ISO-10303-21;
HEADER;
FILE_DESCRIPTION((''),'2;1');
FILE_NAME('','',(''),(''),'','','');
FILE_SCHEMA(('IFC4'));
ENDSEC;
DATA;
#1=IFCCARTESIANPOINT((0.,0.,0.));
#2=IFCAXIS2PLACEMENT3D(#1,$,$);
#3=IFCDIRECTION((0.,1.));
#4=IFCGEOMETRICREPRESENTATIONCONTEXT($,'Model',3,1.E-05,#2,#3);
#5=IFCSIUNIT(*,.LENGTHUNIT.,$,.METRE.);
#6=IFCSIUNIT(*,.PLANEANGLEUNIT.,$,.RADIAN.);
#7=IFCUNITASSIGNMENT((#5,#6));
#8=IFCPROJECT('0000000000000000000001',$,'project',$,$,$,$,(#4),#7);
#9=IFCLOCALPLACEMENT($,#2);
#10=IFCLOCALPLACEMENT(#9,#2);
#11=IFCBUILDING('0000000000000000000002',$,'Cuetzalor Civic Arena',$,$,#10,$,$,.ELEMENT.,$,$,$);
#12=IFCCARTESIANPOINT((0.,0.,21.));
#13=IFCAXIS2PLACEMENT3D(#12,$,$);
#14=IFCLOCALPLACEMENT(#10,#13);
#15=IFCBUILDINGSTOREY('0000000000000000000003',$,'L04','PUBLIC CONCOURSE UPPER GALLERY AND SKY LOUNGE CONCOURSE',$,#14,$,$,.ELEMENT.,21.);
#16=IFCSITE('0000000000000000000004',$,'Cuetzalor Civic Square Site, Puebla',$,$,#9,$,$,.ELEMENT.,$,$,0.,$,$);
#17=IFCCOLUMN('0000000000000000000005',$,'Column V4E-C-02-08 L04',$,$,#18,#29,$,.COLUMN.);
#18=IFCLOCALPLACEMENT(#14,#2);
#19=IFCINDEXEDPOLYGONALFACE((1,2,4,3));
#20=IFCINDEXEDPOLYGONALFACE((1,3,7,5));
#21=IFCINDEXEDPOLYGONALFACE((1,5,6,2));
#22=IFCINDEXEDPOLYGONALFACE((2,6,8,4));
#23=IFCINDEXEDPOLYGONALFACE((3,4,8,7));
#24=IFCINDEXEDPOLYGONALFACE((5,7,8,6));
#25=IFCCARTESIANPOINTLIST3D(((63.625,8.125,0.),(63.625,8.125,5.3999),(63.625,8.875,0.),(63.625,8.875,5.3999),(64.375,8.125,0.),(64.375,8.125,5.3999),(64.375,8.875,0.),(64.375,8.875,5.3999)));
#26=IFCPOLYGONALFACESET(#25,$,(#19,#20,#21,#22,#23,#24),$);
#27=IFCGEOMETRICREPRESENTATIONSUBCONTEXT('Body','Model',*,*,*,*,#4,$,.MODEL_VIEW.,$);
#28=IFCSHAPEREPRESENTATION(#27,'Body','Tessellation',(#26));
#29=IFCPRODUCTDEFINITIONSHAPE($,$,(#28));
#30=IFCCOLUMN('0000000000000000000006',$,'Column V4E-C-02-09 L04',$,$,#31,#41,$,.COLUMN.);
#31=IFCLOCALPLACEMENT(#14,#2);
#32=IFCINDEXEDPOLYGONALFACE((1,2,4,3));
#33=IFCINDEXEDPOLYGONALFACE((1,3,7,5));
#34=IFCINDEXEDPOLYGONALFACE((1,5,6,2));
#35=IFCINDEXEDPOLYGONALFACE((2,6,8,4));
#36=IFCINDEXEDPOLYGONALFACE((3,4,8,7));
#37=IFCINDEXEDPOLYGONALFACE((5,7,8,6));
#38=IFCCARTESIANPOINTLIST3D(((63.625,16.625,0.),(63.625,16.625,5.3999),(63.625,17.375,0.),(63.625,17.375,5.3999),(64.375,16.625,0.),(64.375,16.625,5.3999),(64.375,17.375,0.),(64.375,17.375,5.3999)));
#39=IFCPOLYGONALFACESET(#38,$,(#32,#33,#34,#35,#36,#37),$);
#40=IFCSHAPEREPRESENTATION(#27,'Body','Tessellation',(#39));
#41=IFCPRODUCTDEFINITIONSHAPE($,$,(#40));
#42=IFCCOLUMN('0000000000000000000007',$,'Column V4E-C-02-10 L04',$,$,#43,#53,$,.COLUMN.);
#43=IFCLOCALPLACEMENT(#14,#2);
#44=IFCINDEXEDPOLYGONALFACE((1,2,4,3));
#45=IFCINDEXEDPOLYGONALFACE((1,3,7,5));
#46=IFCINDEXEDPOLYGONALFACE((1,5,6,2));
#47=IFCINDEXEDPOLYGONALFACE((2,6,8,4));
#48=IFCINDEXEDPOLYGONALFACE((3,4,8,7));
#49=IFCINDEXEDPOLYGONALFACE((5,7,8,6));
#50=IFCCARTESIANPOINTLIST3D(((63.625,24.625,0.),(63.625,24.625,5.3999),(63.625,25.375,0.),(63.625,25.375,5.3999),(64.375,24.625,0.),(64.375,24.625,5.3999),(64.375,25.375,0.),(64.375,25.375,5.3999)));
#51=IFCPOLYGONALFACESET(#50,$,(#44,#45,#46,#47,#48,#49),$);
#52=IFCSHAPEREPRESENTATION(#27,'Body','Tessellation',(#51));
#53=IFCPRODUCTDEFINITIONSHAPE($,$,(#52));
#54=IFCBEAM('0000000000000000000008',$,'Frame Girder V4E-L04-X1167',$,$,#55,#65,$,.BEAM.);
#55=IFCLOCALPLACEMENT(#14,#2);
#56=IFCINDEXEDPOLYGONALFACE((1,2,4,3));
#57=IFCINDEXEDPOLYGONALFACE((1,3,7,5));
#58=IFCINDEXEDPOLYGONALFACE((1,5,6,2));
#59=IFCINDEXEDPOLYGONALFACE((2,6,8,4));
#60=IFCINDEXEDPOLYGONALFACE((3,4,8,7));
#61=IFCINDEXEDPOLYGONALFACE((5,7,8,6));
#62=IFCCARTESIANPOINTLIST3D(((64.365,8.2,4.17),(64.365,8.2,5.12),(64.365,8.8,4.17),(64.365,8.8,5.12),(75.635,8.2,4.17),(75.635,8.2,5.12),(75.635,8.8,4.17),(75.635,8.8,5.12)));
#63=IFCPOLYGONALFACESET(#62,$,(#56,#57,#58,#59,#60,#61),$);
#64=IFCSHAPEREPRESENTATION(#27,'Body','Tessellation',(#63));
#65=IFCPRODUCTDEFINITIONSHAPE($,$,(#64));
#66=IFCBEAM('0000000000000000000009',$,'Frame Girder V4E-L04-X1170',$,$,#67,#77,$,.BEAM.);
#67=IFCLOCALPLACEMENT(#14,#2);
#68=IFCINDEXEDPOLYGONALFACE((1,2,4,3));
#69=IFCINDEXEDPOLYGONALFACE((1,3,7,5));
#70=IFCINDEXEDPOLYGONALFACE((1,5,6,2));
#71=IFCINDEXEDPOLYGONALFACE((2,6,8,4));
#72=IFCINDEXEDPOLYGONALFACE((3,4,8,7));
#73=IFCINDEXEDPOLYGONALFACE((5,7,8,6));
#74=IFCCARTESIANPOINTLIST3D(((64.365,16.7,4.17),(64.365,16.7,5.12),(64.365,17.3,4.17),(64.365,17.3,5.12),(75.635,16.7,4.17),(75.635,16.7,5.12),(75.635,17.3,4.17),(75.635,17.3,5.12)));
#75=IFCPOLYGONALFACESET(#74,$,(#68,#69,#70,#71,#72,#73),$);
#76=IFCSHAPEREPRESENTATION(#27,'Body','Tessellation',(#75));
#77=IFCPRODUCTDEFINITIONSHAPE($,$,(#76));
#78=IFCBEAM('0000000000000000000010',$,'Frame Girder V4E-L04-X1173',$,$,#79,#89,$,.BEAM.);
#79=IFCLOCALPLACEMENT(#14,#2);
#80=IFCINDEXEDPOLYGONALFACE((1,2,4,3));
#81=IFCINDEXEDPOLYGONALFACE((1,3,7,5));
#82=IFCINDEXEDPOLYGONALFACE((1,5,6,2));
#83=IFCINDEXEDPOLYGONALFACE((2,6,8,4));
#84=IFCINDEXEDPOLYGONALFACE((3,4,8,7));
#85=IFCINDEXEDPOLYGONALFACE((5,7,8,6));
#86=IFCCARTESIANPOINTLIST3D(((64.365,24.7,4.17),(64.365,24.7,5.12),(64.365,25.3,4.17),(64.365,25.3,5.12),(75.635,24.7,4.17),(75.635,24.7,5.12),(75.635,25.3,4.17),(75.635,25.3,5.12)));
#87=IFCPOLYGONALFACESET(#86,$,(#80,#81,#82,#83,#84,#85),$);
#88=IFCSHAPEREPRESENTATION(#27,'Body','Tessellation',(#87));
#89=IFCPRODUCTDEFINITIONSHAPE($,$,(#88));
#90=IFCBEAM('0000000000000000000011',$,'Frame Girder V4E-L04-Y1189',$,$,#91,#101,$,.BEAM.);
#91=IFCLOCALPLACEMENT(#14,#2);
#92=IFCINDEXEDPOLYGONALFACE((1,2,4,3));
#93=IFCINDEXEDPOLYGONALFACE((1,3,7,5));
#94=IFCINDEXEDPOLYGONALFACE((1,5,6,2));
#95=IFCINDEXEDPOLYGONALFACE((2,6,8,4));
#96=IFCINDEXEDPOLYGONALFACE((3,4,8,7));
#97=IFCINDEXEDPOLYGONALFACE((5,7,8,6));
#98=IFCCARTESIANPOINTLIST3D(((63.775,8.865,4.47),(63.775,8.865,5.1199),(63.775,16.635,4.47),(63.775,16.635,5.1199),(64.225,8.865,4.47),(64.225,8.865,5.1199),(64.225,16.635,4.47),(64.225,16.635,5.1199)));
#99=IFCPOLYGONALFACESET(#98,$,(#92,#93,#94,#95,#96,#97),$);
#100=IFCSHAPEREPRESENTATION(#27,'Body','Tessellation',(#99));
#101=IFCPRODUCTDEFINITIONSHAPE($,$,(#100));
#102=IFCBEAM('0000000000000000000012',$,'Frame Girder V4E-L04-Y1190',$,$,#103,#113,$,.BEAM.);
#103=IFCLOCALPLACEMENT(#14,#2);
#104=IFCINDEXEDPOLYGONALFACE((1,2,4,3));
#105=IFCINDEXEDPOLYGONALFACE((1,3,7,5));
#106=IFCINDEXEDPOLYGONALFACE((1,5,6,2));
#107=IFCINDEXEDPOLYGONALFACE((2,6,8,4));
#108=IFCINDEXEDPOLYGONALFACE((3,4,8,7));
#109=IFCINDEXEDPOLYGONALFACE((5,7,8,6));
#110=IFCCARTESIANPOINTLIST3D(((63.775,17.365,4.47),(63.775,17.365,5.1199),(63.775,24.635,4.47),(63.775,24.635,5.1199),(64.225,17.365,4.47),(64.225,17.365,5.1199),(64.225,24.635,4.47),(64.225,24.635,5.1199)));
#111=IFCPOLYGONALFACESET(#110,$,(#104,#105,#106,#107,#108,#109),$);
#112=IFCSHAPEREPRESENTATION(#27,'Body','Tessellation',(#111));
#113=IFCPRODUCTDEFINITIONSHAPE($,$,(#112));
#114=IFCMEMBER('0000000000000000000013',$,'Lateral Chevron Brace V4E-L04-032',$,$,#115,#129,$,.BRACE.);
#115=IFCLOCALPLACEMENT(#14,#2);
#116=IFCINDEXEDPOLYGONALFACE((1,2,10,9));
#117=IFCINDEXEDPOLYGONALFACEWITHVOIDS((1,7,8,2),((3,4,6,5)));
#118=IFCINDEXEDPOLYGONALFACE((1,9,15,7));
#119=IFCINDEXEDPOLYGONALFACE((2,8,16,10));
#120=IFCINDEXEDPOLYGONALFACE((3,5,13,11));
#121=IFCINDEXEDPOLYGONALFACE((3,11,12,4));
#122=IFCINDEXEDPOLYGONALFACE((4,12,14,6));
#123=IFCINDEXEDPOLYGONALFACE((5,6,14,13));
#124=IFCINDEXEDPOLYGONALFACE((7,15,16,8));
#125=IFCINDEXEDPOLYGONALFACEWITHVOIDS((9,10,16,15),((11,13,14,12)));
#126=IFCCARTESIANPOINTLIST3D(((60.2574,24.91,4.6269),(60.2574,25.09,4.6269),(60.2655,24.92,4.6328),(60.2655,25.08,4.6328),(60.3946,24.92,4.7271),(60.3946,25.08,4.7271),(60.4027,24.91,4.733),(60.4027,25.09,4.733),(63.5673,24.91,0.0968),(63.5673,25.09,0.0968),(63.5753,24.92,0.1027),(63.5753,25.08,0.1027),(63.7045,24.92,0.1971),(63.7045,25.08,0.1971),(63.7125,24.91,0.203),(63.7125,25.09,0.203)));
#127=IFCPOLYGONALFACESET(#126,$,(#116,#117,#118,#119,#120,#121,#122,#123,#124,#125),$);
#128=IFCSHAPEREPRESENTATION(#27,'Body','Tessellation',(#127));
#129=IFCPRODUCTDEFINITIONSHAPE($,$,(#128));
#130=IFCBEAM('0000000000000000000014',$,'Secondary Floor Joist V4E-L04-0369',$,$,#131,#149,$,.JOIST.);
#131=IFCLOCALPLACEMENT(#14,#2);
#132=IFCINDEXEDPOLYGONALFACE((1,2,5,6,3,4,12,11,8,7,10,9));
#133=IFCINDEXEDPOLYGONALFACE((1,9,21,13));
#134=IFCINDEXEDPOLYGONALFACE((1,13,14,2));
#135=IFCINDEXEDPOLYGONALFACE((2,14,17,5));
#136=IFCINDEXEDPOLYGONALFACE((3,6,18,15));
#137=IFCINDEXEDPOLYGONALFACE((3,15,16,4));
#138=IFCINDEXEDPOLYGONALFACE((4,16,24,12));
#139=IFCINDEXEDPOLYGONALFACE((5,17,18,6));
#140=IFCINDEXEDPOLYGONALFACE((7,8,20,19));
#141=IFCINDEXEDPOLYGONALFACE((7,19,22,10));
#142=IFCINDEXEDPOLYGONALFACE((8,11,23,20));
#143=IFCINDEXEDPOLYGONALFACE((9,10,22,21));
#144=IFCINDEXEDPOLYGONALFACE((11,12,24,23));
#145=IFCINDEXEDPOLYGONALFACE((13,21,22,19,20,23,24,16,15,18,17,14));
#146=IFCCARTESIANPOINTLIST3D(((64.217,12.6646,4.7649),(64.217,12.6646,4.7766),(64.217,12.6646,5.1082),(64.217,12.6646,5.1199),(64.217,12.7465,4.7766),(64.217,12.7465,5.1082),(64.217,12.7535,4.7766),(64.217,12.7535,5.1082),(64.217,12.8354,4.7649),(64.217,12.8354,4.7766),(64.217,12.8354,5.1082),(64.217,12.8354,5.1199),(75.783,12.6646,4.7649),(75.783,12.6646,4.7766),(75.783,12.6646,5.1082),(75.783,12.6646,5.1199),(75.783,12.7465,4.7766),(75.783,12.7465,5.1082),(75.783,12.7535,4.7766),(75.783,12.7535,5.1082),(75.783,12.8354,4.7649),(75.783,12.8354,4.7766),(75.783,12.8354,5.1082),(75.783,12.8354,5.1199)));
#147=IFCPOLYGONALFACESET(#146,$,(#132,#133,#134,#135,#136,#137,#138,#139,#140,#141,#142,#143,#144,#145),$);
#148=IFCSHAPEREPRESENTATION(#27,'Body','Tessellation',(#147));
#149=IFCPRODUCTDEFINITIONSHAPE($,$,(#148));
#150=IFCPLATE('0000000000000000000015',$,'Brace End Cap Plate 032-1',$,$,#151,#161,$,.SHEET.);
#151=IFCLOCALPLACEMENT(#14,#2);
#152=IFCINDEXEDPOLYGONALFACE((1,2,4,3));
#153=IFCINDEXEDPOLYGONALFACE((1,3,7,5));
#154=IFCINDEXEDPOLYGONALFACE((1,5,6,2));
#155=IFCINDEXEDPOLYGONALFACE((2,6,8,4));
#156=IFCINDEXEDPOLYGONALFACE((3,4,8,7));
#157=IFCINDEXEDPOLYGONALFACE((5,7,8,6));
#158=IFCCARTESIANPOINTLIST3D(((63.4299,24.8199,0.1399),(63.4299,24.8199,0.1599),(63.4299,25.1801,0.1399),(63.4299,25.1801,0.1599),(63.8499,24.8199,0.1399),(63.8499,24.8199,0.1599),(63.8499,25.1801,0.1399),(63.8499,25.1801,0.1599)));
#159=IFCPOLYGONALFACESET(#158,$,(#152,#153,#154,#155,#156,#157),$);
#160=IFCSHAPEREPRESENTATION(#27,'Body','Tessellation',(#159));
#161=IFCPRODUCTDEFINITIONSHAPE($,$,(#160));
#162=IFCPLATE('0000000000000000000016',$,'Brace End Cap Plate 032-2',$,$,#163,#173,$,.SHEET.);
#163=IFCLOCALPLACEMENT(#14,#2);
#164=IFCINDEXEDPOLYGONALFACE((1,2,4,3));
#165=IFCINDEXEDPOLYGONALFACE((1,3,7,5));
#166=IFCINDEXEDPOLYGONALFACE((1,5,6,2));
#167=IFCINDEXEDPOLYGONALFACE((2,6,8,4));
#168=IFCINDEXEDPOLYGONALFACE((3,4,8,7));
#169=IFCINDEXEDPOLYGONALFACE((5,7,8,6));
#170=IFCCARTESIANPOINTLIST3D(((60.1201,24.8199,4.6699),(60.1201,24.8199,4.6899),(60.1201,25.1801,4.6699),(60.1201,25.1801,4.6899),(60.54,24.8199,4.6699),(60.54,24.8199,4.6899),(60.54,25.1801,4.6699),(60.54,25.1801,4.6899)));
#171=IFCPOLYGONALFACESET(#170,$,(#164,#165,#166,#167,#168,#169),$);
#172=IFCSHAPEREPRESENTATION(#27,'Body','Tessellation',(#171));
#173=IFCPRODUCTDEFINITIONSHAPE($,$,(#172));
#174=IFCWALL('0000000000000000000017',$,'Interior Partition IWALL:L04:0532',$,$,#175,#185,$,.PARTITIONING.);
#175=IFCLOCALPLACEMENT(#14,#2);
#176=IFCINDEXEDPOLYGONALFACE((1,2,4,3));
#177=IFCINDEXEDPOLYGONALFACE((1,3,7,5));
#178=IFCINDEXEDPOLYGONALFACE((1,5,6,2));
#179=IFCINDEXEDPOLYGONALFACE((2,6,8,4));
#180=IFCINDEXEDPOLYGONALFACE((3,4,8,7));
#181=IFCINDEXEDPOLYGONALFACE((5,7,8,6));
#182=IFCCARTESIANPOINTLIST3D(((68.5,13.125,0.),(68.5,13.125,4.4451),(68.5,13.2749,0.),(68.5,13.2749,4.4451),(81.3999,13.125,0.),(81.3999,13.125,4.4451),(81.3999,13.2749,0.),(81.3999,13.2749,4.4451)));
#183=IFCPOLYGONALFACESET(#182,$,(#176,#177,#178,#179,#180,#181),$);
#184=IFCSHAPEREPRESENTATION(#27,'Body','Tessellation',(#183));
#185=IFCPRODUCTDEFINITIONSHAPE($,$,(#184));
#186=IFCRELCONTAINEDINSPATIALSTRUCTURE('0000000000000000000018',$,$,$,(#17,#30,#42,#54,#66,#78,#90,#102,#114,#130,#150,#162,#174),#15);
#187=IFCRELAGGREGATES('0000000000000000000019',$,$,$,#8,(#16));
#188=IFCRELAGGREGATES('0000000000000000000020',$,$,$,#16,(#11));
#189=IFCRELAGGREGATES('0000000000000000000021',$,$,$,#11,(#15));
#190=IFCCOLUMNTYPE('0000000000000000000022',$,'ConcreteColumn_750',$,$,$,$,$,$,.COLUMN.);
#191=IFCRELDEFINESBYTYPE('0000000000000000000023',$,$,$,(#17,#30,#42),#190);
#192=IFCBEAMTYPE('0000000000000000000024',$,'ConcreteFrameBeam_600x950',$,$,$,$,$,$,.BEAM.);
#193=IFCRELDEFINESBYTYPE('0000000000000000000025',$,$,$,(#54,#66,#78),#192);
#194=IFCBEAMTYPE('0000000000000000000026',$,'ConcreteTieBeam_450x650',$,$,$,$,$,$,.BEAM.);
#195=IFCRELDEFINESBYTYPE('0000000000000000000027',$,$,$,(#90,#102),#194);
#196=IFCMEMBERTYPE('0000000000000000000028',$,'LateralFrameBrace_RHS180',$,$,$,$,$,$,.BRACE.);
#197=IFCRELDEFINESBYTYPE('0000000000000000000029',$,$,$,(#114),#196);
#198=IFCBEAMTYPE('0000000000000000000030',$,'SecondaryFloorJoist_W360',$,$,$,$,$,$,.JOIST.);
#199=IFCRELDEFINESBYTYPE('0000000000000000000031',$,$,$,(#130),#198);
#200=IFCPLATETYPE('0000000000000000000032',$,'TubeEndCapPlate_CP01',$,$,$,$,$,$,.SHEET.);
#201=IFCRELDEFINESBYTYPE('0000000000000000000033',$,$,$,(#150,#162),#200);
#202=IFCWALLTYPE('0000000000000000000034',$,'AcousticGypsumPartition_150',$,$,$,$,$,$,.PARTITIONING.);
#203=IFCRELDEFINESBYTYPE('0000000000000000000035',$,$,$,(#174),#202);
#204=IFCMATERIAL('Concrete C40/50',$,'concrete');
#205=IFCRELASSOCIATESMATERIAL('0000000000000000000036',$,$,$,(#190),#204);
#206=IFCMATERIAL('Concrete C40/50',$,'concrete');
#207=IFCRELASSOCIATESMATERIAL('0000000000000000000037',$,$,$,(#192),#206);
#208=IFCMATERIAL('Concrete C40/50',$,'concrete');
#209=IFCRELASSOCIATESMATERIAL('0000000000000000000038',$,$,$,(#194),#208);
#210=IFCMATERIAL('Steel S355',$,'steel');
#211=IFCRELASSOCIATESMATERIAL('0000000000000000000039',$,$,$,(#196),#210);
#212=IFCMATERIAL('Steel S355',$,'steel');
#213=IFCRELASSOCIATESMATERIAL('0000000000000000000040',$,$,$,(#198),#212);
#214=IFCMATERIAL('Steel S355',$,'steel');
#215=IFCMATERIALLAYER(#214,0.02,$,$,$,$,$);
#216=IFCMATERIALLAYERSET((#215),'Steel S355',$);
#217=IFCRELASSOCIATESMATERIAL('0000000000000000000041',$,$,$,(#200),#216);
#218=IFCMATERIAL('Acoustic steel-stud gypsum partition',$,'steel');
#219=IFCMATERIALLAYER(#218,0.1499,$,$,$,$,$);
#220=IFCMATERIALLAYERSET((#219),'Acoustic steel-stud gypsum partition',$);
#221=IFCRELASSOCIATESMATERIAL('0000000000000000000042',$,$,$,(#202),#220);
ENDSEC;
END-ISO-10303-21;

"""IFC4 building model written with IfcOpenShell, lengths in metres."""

from ifc_helpers import new_model, si_unit, direction, frame, frame_2d, origin, origin_2d, place, context, subcontext, project, spatial, rectangle, hollow_rectangle, i_section, extrude, material, layer, layer_set, material_profile, profile_set, type_object, element, save


model = new_model("IFC4")

# Units and contexts
model_context = context("Model", 3, precision=1e-05, world=origin(), true_north=direction((0.0, 1.0)))
body_context = subcontext(model_context, "Body", "Model", "MODEL_VIEW")
ifc_project = project(units=[si_unit("LENGTHUNIT", "METRE"), si_unit("PLANEANGLEUNIT", "RADIAN")], contexts=[model_context])

# Site, building, storey
site_placement = place(None, origin())
site = spatial("IfcSite", under=ifc_project, at=site_placement, Name="Cuetzalor Civic Square Site, Puebla", CompositionType="ELEMENT", RefElevation=0.0)
building_placement = place(site_placement, origin())
building = spatial("IfcBuilding", under=site, at=building_placement, Name="Cuetzalor Civic Arena", CompositionType="ELEMENT")
storey_placement = place(building_placement, frame((0.0, 0.0, 21.0)))
storey = spatial("IfcBuildingStorey", under=building, at=storey_placement, Name="L04", Description="PUBLIC CONCOURSE UPPER GALLERY AND SKY LOUNGE CONCOURSE", CompositionType="ELEMENT", Elevation=21.0)

# Columns
ifc_material_1 = material(Name="Concrete C40/50", Category="concrete")
ifc_material_profile_1 = material_profile(ifc_material_1, rectangle(XDim=0.75, YDim=0.75, at=origin_2d()), Name="RC 750x750")
ifc_profile_set_1 = profile_set([ifc_material_profile_1], Name="Concrete C40/50")
column_type = type_object("IfcColumnType", Name="ConcreteColumn_750", PredefinedType="COLUMN", material=ifc_profile_set_1)
for number, where, z_axis, x_axis, name in (
    (1, (64.0, 8.5, 0.0), (0.0, 0.0, 1.0), (1.0, 0.0, 0.0), "Column V4E-C-02-08 L04"),
    (2, (64.0, 17.0, 0.0), (0.0, 0.0, 1.0), (1.0, 0.0, 0.0), "Column V4E-C-02-09 L04"),
    (3, (64.0, 25.0, 0.0), (0.0, 0.0, 1.0), (1.0, 0.0, 0.0), "Column V4E-C-02-10 L04"),
):
    element("IfcColumn", number, at=place(storey_placement, frame(where, z_axis=z_axis, x_axis=x_axis)), inside=storey, type_object=column_type, Name=name, PredefinedType="COLUMN", context=body_context, shape_type="SweptSolid", body=[
        extrude(rectangle(XDim=0.75, YDim=0.75, at=origin_2d()), origin(), (0.0, 0.0, 1.0), 5.3999),
    ])

# Beams
ifc_material_2 = material(Name="Concrete C40/50", Category="concrete")
ifc_material_profile_2 = material_profile(ifc_material_2, rectangle(XDim=0.6001, YDim=0.95, at=origin_2d()), Name="RC 600x950")
ifc_profile_set_2 = profile_set([ifc_material_profile_2], Name="Concrete C40/50")
beam_type_1 = type_object("IfcBeamType", Name="ConcreteFrameBeam_600x950", PredefinedType="BEAM", material=ifc_profile_set_2)
for number, where, z_axis, x_axis, name in (
    (4, (64.365, 8.5, 4.645), (1.0, 0.0, 0.0), (0.0, 1.0, 0.0), "Frame Girder V4E-L04-X1167"),
    (5, (64.365, 17.0, 4.645), (1.0, 0.0, 0.0), (0.0, 1.0, 0.0), "Frame Girder V4E-L04-X1170"),
    (6, (64.365, 25.0, 4.645), (1.0, 0.0, 0.0), (0.0, 1.0, 0.0), "Frame Girder V4E-L04-X1173"),
):
    element("IfcBeam", number, at=place(storey_placement, frame(where, z_axis=z_axis, x_axis=x_axis)), inside=storey, type_object=beam_type_1, Name=name, PredefinedType="BEAM", context=body_context, shape_type="SweptSolid", body=[
        extrude(rectangle(XDim=0.6001, YDim=0.95, at=origin_2d()), origin(), (0.0, 0.0, 1.0), 11.27),
    ])
ifc_material_3 = material(Name="Concrete C40/50", Category="concrete")
ifc_material_profile_3 = material_profile(ifc_material_3, rectangle(XDim=0.45, YDim=0.6499, at=origin_2d()), Name="RC 450x650")
ifc_profile_set_3 = profile_set([ifc_material_profile_3], Name="Concrete C40/50")
beam_type_2 = type_object("IfcBeamType", Name="ConcreteTieBeam_450x650", PredefinedType="BEAM", material=ifc_profile_set_3)
beam_1_placement = place(storey_placement, frame((64.0, 8.865, 4.7949), z_axis=(0.0, 1.0, 0.0), x_axis=(-1.0, 0.0, 0.0)))
element("IfcBeam", 7, at=beam_1_placement, inside=storey, type_object=beam_type_2, Name="Frame Girder V4E-L04-Y1189", PredefinedType="BEAM", context=body_context, shape_type="SweptSolid", body=[
    extrude(rectangle(XDim=0.45, YDim=0.6499, at=origin_2d()), origin(), (0.0, 0.0, 1.0), 7.77),
])
beam_2_placement = place(storey_placement, frame((64.0, 17.365, 4.7949), z_axis=(0.0, 1.0, 0.0), x_axis=(-1.0, 0.0, 0.0)))
element("IfcBeam", 8, at=beam_2_placement, inside=storey, type_object=beam_type_2, Name="Frame Girder V4E-L04-Y1190", PredefinedType="BEAM", context=body_context, shape_type="SweptSolid", body=[
    extrude(rectangle(XDim=0.45, YDim=0.6499, at=origin_2d()), origin(), (0.0, 0.0, 1.0), 7.27),
])

# Member
ifc_material_4 = material(Name="Steel S355", Category="steel")
ifc_material_profile_4 = material_profile(ifc_material_4, hollow_rectangle(XDim=0.1799, YDim=0.1799, WallThickness=0.01, at=origin_2d()), Name="RHS 180x180x10")
ifc_profile_set_4 = profile_set([ifc_material_profile_4], Name="Steel S355")
member_type = type_object("IfcMemberType", Name="LateralFrameBrace_RHS180", PredefinedType="BRACE", material=ifc_profile_set_4)
member_placement = place(storey_placement, frame((63.6399, 25.0, 0.1499), z_axis=(-0.589948, 0.0, 0.807441), x_axis=(0.0, -1.0, 0.0)))
element("IfcMember", 9, at=member_placement, inside=storey, type_object=member_type, Name="Lateral Chevron Brace V4E-L04-032", PredefinedType="BRACE", context=body_context, shape_type="SweptSolid", body=[
    extrude(hollow_rectangle(XDim=0.1799, YDim=0.1799, WallThickness=0.01, at=origin_2d()), origin(), (0.0, 0.0, 1.0), 5.6104),
])

# Beam
ifc_material_5 = material(Name="Steel S355", Category="steel")
ifc_material_profile_5 = material_profile(ifc_material_5, i_section(OverallWidth=0.1709, OverallDepth=0.355, WebThickness=0.0071, FlangeThickness=0.0117, at=origin_2d()), Name="W360x51")
ifc_profile_set_5 = profile_set([ifc_material_profile_5], Name="Steel S355")
beam_type_3 = type_object("IfcBeamType", Name="SecondaryFloorJoist_W360", PredefinedType="JOIST", material=ifc_profile_set_5)
beam_3_placement = place(storey_placement, frame((64.217, 12.75, 4.9424), z_axis=(1.0, 0.0, 0.0), x_axis=(0.0, 1.0, 0.0)))
element("IfcBeam", 10, at=beam_3_placement, inside=storey, type_object=beam_type_3, Name="Secondary Floor Joist V4E-L04-0369", PredefinedType="JOIST", context=body_context, shape_type="SweptSolid", body=[
    extrude(i_section(OverallWidth=0.1709, OverallDepth=0.355, WebThickness=0.0071, FlangeThickness=0.0117, at=origin_2d()), origin(), (0.0, 0.0, 1.0), 11.5659),
])

# Plates
ifc_material_6 = material(Name="Steel S355", Category="steel")
ifc_layer_1 = layer(ifc_material_6, 0.02)
ifc_layer_set_1 = layer_set([ifc_layer_1], Name="Steel S355")
plate_type = type_object("IfcPlateType", Name="TubeEndCapPlate_CP01", PredefinedType="SHEET", material=ifc_layer_set_1)
for number, where, z_axis, x_axis, name in (
    (11, (63.6399, 25.0, 0.1399), (0.0, 0.0, 1.0), (1.0, 0.0, 0.0), "Brace End Cap Plate 032-1"),
    (12, (60.3301, 25.0, 4.6699), (0.0, 0.0, 1.0), (1.0, 0.0, 0.0), "Brace End Cap Plate 032-2"),
):
    element("IfcPlate", number, at=place(storey_placement, frame(where, z_axis=z_axis, x_axis=x_axis)), inside=storey, type_object=plate_type, Name=name, PredefinedType="SHEET", context=body_context, shape_type="SweptSolid", body=[
        extrude(rectangle(XDim=0.4199, YDim=0.3601, at=origin_2d()), origin(), (0.0, 0.0, 1.0), 0.02),
    ])

# Wall
ifc_material_7 = material(Name="Acoustic steel-stud gypsum partition", Category="steel")
ifc_layer_2 = layer(ifc_material_7, 0.1499)
ifc_layer_set_2 = layer_set([ifc_layer_2], Name="Acoustic steel-stud gypsum partition")
wall_type_1 = type_object("IfcWallType", Name="AcousticGypsumPartition_150", PredefinedType="PARTITIONING", material=ifc_layer_set_2)
wall_1_placement = place(storey_placement, frame((68.5, 13.2, 0.0), z_axis=(0.0, 0.0, 1.0), x_axis=(1.0, 0.0, 0.0)))
element("IfcWall", 13, at=wall_1_placement, inside=storey, type_object=wall_type_1, Name="Interior Partition IWALL:L04:0532", PredefinedType="PARTITIONING", context=body_context, shape_type="SweptSolid", body=[
    extrude(rectangle(XDim=12.8999, YDim=0.1499, at=frame_2d((6.45, 0.0))), origin(), (0.0, 0.0, 1.0), 4.4451),
])

save(model, "model.ifc")
